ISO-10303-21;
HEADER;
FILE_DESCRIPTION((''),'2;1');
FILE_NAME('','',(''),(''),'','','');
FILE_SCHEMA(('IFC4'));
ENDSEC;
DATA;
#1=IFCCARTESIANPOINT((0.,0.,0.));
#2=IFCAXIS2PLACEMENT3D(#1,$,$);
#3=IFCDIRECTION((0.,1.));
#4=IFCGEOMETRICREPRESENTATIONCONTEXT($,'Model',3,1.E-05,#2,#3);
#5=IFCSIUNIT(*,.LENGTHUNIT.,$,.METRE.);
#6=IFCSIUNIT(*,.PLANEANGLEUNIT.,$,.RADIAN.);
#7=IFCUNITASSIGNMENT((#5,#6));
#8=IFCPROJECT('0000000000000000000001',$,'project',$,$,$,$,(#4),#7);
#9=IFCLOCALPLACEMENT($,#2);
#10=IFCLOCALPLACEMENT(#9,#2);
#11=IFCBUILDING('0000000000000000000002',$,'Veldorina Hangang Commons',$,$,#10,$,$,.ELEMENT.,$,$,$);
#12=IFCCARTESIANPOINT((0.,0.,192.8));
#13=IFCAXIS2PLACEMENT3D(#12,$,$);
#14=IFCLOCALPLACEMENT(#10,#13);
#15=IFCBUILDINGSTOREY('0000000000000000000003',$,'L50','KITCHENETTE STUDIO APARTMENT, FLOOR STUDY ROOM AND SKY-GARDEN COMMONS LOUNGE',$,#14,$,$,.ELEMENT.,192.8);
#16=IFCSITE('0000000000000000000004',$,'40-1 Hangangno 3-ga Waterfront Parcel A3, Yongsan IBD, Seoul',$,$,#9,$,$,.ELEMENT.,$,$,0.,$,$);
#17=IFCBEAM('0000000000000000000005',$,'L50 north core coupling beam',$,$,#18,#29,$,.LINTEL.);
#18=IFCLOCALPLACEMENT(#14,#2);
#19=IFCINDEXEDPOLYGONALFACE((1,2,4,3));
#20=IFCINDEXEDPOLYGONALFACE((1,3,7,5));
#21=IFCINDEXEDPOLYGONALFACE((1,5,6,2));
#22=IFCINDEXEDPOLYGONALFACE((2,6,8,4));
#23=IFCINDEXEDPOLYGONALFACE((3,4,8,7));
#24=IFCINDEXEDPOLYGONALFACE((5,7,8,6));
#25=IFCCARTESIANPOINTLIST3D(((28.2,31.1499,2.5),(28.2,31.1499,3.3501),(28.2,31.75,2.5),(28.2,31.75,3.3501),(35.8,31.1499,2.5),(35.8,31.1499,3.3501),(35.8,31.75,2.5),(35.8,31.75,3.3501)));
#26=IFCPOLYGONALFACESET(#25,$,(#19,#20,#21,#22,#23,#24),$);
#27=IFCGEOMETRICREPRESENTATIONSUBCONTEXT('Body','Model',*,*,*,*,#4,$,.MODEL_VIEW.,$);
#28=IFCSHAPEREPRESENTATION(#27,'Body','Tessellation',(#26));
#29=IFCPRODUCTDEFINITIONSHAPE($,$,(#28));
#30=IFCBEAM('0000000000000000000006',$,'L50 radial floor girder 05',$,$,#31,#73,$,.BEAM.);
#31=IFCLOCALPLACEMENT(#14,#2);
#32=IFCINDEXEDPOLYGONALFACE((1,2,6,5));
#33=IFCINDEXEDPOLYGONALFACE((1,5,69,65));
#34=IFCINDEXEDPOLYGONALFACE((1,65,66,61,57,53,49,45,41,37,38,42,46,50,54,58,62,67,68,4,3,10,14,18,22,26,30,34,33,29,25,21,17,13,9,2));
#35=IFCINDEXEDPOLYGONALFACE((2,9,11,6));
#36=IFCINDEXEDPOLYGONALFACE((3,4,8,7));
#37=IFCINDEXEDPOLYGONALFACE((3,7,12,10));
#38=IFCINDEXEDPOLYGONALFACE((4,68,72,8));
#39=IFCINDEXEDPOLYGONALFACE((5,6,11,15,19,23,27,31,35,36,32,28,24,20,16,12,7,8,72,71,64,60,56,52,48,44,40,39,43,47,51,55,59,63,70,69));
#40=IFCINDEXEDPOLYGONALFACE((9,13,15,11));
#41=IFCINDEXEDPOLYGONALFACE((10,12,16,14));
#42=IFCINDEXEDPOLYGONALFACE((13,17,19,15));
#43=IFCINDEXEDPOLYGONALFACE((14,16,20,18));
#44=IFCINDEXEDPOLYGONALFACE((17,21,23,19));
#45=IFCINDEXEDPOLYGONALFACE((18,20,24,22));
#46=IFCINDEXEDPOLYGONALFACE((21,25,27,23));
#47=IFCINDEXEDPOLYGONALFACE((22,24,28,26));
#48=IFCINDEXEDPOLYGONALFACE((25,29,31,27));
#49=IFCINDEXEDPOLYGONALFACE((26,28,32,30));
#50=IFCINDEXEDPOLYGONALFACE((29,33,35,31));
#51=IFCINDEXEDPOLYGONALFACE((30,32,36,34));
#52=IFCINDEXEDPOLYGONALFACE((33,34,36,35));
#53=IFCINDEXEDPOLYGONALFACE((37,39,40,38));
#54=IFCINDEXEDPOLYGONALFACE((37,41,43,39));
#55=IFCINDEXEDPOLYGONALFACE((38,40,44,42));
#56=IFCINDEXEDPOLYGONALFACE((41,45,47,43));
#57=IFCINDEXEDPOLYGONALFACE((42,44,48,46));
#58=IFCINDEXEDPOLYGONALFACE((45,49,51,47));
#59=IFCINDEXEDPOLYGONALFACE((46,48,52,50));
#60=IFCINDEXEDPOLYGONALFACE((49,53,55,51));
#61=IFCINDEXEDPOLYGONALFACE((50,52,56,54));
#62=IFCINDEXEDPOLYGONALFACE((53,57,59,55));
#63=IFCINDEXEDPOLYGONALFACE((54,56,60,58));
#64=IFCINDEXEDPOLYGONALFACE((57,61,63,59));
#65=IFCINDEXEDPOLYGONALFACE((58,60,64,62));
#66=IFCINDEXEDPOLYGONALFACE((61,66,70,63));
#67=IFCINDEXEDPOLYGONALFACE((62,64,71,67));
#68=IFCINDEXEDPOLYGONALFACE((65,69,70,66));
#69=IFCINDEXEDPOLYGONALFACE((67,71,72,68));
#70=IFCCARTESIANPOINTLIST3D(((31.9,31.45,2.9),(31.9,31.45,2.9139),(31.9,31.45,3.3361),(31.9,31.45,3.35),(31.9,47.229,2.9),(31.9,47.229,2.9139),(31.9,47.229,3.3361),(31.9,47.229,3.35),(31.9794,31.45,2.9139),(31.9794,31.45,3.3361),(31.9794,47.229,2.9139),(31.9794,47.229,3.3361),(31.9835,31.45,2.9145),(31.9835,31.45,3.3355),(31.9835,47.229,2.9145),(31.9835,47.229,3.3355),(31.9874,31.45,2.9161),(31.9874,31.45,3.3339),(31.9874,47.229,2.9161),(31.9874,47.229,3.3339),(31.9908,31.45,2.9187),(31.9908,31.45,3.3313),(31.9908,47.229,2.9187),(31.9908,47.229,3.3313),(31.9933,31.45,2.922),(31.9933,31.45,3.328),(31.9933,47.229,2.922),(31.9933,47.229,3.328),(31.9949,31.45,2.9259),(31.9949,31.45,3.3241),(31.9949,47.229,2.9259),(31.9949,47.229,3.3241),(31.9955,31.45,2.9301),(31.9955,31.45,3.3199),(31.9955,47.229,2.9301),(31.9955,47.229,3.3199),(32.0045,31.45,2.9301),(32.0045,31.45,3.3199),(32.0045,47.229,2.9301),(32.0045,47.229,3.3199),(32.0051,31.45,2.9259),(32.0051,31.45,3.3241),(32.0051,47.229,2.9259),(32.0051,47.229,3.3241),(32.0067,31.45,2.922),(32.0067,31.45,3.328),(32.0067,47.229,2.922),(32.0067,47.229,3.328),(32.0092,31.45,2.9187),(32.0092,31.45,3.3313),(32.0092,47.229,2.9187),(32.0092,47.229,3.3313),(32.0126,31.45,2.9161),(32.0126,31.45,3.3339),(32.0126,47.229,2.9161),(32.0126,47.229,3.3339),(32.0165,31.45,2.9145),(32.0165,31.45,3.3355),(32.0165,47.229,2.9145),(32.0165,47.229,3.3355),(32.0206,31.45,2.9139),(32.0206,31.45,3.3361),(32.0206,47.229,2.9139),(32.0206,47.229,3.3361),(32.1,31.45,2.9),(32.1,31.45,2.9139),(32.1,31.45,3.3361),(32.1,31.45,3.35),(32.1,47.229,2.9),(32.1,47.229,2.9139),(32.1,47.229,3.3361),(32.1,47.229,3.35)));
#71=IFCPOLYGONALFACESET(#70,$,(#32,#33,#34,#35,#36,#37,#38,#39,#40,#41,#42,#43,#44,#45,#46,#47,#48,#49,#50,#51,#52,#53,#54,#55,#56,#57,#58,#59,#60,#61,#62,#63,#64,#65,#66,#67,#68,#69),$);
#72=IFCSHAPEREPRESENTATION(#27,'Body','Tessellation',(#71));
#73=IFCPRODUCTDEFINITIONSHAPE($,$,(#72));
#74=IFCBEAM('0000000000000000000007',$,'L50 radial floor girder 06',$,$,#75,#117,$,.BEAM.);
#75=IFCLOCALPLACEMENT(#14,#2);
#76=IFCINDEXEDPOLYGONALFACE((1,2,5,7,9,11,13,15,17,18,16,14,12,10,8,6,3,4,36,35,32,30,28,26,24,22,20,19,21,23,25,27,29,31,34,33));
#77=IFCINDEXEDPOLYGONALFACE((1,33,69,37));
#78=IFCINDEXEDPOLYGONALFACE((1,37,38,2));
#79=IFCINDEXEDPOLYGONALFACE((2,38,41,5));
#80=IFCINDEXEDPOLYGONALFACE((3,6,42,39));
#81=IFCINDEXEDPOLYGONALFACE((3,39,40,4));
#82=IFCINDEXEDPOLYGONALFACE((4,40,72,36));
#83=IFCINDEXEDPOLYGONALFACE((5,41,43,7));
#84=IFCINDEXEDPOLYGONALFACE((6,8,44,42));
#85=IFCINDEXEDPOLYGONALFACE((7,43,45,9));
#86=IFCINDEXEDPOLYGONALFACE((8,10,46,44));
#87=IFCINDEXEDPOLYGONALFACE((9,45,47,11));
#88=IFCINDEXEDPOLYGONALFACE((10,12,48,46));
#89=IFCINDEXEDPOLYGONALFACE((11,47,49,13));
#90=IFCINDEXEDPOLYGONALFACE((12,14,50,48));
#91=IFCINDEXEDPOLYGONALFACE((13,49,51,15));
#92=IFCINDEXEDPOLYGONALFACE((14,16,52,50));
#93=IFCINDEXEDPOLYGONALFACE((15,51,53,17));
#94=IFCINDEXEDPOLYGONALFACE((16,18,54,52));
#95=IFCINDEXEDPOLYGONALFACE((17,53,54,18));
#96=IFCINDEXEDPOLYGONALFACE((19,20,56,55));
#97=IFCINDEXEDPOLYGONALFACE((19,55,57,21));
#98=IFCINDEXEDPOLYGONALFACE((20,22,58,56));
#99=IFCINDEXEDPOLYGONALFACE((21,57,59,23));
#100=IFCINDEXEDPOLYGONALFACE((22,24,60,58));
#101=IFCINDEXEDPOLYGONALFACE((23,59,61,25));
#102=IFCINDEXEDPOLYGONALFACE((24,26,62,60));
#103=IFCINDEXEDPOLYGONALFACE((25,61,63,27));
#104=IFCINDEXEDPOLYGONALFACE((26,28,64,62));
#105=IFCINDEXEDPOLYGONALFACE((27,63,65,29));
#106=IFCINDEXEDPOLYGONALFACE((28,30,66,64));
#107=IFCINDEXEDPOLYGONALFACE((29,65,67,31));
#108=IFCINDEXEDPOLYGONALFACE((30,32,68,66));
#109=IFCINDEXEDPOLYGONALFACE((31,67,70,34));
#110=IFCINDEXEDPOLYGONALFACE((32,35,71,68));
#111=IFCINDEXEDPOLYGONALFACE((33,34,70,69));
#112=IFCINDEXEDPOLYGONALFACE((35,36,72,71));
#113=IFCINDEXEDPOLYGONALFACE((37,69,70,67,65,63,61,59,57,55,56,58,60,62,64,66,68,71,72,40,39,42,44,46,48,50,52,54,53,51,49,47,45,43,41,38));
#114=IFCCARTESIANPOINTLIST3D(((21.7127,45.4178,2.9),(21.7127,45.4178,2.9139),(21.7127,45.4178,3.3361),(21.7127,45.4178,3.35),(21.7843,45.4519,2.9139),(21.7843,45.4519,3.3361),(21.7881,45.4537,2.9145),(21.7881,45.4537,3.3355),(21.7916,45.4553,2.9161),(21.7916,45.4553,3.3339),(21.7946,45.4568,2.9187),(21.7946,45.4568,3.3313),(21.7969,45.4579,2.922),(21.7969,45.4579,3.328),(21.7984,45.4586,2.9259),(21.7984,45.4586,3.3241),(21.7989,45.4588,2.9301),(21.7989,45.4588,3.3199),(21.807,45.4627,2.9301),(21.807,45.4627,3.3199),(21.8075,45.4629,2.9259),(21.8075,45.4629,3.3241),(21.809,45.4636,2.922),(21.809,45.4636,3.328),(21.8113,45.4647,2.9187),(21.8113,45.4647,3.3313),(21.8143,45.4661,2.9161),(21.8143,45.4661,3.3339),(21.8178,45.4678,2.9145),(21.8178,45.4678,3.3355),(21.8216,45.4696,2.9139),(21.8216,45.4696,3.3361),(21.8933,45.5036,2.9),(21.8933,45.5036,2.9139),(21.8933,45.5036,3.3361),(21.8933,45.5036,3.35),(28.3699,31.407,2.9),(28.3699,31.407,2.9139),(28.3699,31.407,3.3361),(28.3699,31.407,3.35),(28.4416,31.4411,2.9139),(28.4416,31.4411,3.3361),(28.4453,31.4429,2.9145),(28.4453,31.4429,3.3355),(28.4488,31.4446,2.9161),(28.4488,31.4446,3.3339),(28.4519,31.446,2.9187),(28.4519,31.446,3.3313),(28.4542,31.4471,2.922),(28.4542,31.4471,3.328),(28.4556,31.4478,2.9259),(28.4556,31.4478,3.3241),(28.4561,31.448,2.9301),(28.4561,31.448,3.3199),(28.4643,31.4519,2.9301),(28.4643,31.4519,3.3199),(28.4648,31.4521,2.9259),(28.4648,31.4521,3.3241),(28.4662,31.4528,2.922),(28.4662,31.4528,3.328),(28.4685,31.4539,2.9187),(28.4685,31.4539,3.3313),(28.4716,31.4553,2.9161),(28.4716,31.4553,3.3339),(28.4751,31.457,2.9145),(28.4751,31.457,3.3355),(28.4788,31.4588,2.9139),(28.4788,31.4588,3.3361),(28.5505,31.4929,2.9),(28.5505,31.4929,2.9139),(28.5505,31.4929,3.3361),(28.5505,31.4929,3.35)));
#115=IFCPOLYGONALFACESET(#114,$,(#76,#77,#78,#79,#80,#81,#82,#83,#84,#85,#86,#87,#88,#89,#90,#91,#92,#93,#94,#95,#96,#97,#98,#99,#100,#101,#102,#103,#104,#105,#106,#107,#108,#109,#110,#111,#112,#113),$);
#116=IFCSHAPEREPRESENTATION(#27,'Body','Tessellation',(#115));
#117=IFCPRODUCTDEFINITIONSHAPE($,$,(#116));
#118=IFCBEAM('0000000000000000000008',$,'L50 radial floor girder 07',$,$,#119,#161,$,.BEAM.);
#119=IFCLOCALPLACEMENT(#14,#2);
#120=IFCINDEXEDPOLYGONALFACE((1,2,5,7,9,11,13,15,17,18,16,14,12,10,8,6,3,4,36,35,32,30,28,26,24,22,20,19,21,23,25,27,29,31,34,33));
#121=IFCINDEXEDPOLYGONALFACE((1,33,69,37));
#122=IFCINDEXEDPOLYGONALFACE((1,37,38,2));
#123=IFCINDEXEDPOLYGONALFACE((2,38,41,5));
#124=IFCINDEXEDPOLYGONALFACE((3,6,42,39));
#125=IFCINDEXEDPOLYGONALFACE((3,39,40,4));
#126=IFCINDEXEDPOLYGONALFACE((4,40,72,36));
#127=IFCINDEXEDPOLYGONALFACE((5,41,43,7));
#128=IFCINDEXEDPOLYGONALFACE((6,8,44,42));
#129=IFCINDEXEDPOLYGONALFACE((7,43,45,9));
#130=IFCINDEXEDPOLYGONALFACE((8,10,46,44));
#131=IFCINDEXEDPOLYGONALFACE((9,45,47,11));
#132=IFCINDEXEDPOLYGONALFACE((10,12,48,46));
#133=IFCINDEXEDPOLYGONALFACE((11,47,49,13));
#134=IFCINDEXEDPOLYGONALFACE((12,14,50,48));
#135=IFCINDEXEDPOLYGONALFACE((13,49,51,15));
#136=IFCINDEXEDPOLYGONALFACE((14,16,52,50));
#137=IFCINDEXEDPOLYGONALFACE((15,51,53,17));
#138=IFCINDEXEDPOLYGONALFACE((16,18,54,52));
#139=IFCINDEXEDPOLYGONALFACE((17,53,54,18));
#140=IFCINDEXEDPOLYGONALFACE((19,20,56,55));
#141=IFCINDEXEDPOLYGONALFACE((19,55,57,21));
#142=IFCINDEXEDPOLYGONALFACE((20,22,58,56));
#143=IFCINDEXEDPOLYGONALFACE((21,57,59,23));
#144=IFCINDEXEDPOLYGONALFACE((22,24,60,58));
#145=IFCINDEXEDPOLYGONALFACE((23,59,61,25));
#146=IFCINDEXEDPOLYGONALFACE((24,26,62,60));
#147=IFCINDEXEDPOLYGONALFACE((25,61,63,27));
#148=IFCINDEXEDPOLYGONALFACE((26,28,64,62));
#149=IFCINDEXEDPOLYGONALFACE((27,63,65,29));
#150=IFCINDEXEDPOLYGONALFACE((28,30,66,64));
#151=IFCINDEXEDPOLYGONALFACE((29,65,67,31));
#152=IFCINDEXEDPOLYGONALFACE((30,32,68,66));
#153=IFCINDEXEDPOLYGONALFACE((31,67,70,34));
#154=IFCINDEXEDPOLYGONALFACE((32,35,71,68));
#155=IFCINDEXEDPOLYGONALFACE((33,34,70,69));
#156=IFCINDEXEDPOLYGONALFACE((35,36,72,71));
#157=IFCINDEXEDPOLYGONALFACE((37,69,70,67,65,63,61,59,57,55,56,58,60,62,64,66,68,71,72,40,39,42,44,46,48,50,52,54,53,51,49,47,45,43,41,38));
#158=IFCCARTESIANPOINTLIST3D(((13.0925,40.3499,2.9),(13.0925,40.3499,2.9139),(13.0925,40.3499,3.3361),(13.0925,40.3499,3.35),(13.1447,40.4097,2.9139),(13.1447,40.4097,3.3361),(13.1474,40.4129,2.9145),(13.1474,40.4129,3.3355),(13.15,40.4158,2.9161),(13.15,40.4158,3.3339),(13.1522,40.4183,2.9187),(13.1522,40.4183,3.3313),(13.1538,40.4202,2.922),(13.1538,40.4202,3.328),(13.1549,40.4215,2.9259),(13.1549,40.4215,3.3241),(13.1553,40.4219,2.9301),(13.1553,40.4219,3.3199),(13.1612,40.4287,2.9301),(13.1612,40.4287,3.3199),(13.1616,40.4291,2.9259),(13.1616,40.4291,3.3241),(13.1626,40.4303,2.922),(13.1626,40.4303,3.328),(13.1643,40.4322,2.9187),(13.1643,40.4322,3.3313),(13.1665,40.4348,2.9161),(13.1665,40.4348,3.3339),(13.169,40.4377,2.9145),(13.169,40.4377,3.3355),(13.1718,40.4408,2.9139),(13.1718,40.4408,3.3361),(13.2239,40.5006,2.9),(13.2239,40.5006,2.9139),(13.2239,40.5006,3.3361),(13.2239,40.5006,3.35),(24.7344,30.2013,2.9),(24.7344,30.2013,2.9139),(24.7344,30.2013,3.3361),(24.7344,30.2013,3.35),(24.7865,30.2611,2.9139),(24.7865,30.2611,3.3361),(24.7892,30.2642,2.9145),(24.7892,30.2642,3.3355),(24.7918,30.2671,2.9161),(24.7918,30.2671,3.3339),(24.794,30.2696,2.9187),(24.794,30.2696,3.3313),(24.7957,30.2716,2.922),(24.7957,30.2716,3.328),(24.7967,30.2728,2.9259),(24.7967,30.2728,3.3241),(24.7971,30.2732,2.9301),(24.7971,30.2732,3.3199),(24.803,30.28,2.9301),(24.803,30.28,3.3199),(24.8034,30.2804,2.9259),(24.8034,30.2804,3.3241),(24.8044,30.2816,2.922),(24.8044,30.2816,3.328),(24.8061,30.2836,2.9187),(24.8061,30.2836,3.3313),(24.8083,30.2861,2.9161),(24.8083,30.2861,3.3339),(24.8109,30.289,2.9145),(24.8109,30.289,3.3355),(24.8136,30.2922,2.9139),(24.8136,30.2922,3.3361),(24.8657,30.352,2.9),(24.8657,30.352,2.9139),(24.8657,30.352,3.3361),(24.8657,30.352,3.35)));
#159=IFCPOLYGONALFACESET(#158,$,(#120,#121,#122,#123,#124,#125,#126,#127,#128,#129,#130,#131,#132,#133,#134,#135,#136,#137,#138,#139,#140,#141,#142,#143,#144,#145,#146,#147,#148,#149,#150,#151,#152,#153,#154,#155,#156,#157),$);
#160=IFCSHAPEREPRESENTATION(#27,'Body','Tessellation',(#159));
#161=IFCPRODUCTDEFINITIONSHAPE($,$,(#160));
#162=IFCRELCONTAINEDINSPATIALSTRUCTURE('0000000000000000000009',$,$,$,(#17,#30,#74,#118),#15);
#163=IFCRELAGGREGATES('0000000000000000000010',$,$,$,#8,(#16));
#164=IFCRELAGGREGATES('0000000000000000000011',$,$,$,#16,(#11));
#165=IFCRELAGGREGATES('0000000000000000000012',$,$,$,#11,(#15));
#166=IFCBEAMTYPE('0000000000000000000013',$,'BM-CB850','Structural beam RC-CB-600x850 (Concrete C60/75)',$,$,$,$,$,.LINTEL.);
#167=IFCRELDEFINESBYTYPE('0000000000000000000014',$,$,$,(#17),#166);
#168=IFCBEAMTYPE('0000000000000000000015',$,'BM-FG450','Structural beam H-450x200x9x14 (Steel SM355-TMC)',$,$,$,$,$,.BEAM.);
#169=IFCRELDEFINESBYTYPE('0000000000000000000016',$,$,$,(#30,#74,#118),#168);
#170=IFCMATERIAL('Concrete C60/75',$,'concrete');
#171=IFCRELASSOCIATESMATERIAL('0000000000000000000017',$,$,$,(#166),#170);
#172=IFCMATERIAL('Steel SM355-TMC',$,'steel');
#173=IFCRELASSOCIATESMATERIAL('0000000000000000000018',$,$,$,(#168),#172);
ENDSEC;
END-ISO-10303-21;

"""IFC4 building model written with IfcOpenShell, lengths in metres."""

from ifc_helpers import new_model, si_unit, direction, frame, origin, origin_2d, place, context, subcontext, project, spatial, rectangle, i_section, extrude, material, material_profile, profile_set, type_object, element, save


model = new_model("IFC4")

# Units and contexts
model_context = context("Model", 3, precision=1e-05, world=origin(), true_north=direction((0.0, 1.0)))
body_context = subcontext(model_context, "Body", "Model", "MODEL_VIEW")
ifc_project = project(units=[si_unit("LENGTHUNIT", "METRE"), si_unit("PLANEANGLEUNIT", "RADIAN")], contexts=[model_context])

# Site, building, storey
site_placement = place(None, origin())
site = spatial("IfcSite", under=ifc_project, at=site_placement, Name="40-1 Hangangno 3-ga Waterfront Parcel A3, Yongsan IBD, Seoul", CompositionType="ELEMENT", RefElevation=0.0)
building_placement = place(site_placement, origin())
building = spatial("IfcBuilding", under=site, at=building_placement, Name="Veldorina Hangang Commons", CompositionType="ELEMENT")
storey_placement = place(building_placement, frame((0.0, 0.0, 192.8)))
storey = spatial("IfcBuildingStorey", under=building, at=storey_placement, Name="L50", Description="KITCHENETTE STUDIO APARTMENT, FLOOR STUDY ROOM AND SKY-GARDEN COMMONS LOUNGE", CompositionType="ELEMENT", Elevation=192.8)

# Beams
ifc_material_1 = material(Name="Concrete C60/75", Category="concrete")
ifc_material_profile_1 = material_profile(ifc_material_1, rectangle(XDim=0.6001, YDim=0.8501, at=origin_2d()), Name="RC-CB-600x850")
ifc_profile_set_1 = profile_set([ifc_material_profile_1], Name="Concrete C60/75")
beam_type_1 = type_object("IfcBeamType", Name="BM-CB850", Description="Structural beam RC-CB-600x850 (Concrete C60/75)", PredefinedType="LINTEL", material=ifc_profile_set_1)
beam_1_placement = place(storey_placement, frame((28.2, 31.45, 2.925), z_axis=(1.0, 0.0, 0.0), x_axis=(0.0, 1.0, 0.0)))
element("IfcBeam", 1, at=beam_1_placement, inside=storey, type_object=beam_type_1, Name="L50 north core coupling beam", PredefinedType="LINTEL", context=body_context, shape_type="SweptSolid", body=[
    extrude(rectangle(XDim=0.6001, YDim=0.8501, at=origin_2d()), origin(), (0.0, 0.0, 1.0), 7.6001),
])
ifc_material_2 = material(Name="Steel SM355-TMC", Category="steel")
ifc_material_profile_2 = material_profile(ifc_material_2, i_section(OverallWidth=0.2, OverallDepth=0.45, WebThickness=0.009, FlangeThickness=0.0139, FilletRadius=0.0161, at=origin_2d()), Name="H-450x200x9x14")
ifc_profile_set_2 = profile_set([ifc_material_profile_2], Name="Steel SM355-TMC")
beam_type_2 = type_object("IfcBeamType", Name="BM-FG450", Description="Structural beam H-450x200x9x14 (Steel SM355-TMC)", PredefinedType="BEAM", material=ifc_profile_set_2)
beam_2_placement = place(storey_placement, frame((32.0, 31.45, 3.125), z_axis=(0.0, 1.0, 0.0), x_axis=(-1.0, 0.0, 0.0)))
element("IfcBeam", 2, at=beam_2_placement, inside=storey, type_object=beam_type_2, Name="L50 radial floor girder 05", PredefinedType="BEAM", context=body_context, shape_type="SweptSolid", body=[
    extrude(i_section(OverallWidth=0.2, OverallDepth=0.45, WebThickness=0.009, FlangeThickness=0.0139, FilletRadius=0.0161, at=origin_2d()), origin(), (0.0, 0.0, 1.0), 15.7791),
])
beam_3_placement = place(storey_placement, frame((28.4602, 31.45, 3.125), z_axis=(-0.429169, 0.903224, 0.0), x_axis=(-0.903224, -0.429169, 0.0)))
element("IfcBeam", 3, at=beam_3_placement, inside=storey, type_object=beam_type_2, Name="L50 radial floor girder 06", PredefinedType="BEAM", context=body_context, shape_type="SweptSolid", body=[
    extrude(i_section(OverallWidth=0.2, OverallDepth=0.45, WebThickness=0.009, FlangeThickness=0.0139, FilletRadius=0.0161, at=origin_2d()), origin(), (0.0, 0.0, 1.0), 15.512),
])
beam_4_placement = place(storey_placement, frame((24.8, 30.2766, 3.125), z_axis=(-0.753793, 0.657112, 0.0), x_axis=(-0.657112, -0.753793, 0.0)))
element("IfcBeam", 4, at=beam_4_placement, inside=storey, type_object=beam_type_2, Name="L50 radial floor girder 07", PredefinedType="BEAM", context=body_context, shape_type="SweptSolid", body=[
    extrude(i_section(OverallWidth=0.2, OverallDepth=0.45, WebThickness=0.009, FlangeThickness=0.0139, FilletRadius=0.0161, at=origin_2d()), origin(), (0.0, 0.0, 1.0), 15.4443),
])

save(model, "model.ifc")
